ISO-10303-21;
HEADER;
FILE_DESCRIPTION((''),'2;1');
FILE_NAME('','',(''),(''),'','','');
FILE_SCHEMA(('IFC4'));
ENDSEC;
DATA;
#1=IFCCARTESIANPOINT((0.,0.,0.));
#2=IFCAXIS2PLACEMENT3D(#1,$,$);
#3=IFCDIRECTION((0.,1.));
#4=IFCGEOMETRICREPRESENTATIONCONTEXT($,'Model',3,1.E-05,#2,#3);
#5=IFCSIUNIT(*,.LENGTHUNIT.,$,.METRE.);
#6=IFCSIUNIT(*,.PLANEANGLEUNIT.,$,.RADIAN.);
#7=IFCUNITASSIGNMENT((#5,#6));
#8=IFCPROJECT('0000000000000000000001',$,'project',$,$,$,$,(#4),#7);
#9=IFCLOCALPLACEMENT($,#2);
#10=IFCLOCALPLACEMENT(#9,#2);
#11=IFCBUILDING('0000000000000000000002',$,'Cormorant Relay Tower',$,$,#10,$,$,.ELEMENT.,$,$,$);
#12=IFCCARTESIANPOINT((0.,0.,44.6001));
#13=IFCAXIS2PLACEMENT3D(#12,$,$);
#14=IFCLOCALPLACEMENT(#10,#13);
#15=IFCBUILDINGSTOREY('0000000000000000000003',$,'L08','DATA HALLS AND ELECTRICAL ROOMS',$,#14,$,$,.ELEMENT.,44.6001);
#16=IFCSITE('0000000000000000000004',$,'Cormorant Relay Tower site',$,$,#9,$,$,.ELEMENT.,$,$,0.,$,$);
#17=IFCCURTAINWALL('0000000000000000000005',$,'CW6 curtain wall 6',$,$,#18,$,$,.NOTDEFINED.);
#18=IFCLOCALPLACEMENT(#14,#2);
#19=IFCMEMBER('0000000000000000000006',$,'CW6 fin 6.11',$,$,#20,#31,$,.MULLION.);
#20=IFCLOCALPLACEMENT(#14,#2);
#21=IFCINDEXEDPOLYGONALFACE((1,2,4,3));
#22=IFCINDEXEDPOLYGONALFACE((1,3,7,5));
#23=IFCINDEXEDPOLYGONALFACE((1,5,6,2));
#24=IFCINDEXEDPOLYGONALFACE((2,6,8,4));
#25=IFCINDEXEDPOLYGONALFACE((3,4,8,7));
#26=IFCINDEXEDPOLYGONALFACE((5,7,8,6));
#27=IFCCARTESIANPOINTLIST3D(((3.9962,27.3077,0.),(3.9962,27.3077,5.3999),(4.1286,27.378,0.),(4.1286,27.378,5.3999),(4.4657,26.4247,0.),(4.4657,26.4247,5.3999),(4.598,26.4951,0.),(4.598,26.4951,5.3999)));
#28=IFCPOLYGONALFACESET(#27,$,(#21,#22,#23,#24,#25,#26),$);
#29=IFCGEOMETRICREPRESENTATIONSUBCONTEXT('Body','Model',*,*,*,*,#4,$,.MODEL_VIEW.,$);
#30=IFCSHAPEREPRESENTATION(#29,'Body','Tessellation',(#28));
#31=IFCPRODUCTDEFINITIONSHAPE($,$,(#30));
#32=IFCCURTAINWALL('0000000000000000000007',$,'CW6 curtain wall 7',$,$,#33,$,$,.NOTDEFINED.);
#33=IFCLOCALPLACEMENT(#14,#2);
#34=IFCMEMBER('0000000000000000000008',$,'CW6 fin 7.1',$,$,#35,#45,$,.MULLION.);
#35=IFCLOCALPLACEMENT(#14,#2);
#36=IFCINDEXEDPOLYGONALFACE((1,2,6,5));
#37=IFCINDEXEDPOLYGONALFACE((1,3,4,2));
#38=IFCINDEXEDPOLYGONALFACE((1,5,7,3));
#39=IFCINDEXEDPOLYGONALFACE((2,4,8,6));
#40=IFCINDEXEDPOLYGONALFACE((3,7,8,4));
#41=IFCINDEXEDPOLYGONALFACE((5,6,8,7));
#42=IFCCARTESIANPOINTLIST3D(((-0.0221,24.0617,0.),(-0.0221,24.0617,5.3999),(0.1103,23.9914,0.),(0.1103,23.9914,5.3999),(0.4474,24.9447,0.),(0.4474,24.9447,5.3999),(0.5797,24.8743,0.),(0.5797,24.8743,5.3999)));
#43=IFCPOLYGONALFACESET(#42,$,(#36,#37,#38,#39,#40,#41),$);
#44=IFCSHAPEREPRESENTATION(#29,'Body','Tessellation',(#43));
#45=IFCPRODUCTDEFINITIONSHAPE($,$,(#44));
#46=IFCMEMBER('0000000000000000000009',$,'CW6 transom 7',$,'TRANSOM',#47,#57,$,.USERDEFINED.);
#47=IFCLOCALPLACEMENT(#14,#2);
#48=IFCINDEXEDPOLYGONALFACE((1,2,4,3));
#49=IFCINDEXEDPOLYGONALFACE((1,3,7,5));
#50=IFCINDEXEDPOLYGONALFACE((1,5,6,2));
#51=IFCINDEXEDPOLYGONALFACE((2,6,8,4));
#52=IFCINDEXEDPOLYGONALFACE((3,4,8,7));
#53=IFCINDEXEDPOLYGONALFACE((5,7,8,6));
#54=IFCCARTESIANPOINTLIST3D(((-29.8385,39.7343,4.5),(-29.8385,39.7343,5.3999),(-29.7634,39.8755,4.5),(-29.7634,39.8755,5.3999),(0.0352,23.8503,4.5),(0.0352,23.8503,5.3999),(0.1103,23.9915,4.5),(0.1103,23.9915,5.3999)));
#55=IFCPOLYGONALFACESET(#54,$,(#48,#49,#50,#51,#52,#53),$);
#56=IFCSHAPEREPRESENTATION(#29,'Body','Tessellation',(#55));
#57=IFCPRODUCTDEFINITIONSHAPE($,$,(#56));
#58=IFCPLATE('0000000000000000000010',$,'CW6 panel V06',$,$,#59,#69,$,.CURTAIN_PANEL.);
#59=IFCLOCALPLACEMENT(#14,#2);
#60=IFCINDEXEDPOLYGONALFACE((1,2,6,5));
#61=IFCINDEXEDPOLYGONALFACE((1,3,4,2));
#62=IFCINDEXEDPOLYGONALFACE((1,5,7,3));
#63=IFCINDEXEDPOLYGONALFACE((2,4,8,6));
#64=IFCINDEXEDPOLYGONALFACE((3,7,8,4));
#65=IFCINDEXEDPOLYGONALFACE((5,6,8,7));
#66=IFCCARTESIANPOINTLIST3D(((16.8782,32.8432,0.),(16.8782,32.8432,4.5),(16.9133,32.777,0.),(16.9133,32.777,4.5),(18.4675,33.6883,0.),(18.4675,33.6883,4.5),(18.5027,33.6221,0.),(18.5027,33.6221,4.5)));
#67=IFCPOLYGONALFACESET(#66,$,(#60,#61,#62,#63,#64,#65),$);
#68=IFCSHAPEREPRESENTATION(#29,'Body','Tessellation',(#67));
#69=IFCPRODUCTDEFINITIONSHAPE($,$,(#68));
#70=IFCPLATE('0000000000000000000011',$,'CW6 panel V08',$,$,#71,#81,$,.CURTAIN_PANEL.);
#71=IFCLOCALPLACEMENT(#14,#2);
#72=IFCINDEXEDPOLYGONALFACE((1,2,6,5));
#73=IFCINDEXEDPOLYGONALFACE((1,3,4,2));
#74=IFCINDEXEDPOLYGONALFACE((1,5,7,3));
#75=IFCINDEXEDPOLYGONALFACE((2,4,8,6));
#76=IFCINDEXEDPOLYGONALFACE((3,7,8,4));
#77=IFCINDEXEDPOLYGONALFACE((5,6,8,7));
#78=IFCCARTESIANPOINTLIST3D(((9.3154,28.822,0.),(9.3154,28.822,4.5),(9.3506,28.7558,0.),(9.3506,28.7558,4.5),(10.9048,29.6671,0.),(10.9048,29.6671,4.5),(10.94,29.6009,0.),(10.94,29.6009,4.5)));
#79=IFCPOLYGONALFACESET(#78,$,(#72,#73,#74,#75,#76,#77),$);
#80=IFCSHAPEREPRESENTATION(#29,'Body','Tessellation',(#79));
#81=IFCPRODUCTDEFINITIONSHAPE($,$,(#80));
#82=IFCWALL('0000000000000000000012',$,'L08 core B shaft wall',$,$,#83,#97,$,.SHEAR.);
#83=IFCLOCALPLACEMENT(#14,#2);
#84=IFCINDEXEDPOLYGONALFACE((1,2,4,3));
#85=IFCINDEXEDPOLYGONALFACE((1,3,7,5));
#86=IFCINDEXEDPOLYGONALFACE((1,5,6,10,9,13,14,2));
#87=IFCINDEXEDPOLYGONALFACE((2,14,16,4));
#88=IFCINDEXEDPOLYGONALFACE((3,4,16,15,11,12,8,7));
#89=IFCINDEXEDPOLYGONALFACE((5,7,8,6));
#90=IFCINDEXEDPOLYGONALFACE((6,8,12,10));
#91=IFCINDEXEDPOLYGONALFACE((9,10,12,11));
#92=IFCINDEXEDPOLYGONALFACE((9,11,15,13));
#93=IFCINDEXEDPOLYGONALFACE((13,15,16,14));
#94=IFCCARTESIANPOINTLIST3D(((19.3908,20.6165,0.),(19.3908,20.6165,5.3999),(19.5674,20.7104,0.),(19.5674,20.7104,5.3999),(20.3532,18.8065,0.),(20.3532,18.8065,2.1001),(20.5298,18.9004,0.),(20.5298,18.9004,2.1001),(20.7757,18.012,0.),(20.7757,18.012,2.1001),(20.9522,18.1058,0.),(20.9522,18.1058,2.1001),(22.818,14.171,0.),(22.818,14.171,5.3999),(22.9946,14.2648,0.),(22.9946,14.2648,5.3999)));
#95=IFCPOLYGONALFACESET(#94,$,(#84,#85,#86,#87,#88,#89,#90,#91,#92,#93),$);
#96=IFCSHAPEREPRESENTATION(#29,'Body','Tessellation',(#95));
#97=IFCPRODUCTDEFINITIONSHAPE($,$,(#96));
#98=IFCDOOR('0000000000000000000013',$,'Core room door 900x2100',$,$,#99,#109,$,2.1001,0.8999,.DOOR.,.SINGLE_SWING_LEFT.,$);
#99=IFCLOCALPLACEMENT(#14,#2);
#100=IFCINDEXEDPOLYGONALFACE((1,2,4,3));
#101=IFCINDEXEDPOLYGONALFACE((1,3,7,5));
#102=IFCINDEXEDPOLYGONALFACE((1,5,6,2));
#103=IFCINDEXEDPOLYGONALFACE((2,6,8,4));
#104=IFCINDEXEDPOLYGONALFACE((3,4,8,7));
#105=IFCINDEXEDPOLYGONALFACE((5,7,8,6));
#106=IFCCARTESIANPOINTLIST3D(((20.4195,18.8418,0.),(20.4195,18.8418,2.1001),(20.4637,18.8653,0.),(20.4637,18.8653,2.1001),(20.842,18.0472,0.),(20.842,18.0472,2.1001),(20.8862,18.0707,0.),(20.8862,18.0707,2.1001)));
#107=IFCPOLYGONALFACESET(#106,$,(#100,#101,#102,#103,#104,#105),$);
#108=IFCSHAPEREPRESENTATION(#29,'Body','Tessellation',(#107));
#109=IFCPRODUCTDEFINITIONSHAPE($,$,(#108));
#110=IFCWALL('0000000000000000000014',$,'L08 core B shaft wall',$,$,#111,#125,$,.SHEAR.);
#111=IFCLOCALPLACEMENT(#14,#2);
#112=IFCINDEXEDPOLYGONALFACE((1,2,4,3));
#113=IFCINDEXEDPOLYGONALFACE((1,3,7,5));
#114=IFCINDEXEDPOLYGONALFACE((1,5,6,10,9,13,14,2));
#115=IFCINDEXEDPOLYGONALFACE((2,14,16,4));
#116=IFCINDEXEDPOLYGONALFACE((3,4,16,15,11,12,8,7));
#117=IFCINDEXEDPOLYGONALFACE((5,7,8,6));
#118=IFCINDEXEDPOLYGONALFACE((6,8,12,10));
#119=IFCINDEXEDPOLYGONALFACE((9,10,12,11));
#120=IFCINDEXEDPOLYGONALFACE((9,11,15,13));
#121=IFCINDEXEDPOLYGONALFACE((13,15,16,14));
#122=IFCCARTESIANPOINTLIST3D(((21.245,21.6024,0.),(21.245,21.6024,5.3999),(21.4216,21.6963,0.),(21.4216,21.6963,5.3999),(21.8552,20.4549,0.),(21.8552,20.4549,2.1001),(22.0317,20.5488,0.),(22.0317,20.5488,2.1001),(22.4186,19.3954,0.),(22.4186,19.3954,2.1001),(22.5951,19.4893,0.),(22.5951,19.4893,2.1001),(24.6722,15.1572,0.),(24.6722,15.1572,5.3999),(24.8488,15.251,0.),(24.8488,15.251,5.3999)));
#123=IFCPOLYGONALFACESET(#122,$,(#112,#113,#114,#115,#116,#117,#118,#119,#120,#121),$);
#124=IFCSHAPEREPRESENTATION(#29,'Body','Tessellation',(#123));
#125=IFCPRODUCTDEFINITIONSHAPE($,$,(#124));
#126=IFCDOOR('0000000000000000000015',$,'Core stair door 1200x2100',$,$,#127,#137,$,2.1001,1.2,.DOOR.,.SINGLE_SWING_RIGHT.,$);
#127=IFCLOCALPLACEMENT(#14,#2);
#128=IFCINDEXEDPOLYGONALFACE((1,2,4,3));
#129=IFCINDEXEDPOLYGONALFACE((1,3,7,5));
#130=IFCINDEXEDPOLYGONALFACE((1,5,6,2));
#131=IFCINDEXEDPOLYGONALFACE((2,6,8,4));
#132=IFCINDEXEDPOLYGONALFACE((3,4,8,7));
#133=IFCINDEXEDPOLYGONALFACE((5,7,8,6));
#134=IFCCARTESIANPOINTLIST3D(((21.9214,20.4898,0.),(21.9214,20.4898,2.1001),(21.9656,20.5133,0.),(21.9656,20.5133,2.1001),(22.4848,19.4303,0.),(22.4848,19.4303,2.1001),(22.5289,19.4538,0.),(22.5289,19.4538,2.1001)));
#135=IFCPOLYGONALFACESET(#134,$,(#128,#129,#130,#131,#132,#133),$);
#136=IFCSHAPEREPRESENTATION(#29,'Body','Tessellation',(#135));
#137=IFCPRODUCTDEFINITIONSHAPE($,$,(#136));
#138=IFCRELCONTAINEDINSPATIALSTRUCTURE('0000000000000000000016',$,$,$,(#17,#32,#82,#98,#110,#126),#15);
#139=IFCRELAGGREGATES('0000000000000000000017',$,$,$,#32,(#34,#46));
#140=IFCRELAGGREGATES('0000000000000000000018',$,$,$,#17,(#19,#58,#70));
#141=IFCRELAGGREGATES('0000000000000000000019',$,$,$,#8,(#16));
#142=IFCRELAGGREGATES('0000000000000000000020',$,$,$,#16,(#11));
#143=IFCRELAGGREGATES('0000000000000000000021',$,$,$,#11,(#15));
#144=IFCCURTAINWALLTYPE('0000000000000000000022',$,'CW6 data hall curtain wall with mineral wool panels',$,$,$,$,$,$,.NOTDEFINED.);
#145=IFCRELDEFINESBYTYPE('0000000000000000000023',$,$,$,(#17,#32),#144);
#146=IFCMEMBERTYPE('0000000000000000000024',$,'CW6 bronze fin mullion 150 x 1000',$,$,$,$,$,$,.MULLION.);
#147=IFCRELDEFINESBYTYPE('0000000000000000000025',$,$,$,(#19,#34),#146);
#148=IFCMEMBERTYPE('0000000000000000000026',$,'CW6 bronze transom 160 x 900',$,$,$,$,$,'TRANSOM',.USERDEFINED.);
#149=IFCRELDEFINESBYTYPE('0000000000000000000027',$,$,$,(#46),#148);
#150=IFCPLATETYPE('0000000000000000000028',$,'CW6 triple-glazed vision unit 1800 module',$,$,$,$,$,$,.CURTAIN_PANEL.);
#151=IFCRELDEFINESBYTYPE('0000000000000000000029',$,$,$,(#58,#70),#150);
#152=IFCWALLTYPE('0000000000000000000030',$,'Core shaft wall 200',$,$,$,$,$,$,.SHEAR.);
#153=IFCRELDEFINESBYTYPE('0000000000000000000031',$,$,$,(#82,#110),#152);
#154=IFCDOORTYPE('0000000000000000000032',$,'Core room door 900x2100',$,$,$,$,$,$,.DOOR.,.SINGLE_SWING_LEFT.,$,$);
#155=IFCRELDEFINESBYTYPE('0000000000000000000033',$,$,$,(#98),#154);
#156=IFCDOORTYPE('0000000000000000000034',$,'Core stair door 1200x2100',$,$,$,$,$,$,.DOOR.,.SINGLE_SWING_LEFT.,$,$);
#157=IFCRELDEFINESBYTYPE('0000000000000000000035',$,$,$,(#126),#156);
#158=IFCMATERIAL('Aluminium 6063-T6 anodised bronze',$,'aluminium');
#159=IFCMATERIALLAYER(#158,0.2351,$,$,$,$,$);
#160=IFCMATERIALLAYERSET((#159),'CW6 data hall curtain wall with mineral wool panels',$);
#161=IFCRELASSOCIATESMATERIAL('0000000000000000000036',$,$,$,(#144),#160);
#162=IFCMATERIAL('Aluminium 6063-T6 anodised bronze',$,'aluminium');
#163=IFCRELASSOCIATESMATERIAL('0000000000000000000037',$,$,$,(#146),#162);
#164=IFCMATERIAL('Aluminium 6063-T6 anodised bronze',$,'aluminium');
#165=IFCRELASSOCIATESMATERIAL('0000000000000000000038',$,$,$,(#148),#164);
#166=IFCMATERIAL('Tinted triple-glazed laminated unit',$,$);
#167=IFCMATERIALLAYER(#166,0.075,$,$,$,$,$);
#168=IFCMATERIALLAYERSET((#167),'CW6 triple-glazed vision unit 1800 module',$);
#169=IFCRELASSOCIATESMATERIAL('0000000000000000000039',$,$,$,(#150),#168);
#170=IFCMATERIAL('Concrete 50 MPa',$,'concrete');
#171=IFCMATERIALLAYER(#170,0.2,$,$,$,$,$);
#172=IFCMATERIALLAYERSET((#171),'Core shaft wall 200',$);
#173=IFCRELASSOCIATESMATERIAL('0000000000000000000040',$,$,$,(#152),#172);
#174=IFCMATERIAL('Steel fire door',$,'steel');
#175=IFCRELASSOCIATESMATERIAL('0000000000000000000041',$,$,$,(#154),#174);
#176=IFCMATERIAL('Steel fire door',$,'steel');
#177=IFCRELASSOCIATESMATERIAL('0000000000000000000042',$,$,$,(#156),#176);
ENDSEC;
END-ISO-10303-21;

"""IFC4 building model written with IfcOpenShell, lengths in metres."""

from ifc_helpers import new_model, si_unit, direction, frame, frame_2d, origin, origin_2d, place, context, subcontext, project, spatial, rectangle, extrude, material, layer, layer_set, material_profile, profile_set, type_object, element, fill, aggregate, save


model = new_model("IFC4")

# Units and contexts
model_context = context("Model", 3, precision=1e-05, world=origin(), true_north=direction((0.0, 1.0)))
body_context = subcontext(model_context, "Body", "Model", "MODEL_VIEW")
ifc_project = project(units=[si_unit("LENGTHUNIT", "METRE"), si_unit("PLANEANGLEUNIT", "RADIAN")], contexts=[model_context])

# Site, building, storey
site_placement = place(None, origin())
site = spatial("IfcSite", under=ifc_project, at=site_placement, Name="Cormorant Relay Tower site", CompositionType="ELEMENT", RefElevation=0.0)
building_placement = place(site_placement, origin())
building = spatial("IfcBuilding", under=site, at=building_placement, Name="Cormorant Relay Tower", CompositionType="ELEMENT")
storey_placement = place(building_placement, frame((0.0, 0.0, 44.6001)))
storey = spatial("IfcBuildingStorey", under=building, at=storey_placement, Name="L08", Description="DATA HALLS AND ELECTRICAL ROOMS", CompositionType="ELEMENT", Elevation=44.6001)

# Curtain walls, members
ifc_material_1 = material(Name="Aluminium 6063-T6 anodised bronze", Category="aluminium")
ifc_layer_1 = layer(ifc_material_1, 0.2351)
ifc_layer_set_1 = layer_set([ifc_layer_1], Name="CW6 data hall curtain wall with mineral wool panels")
curtain_wall_type = type_object("IfcCurtainWallType", Name="CW6 data hall curtain wall with mineral wool panels", PredefinedType="NOTDEFINED", material=ifc_layer_set_1)
curtain_wall_1_placement = place(storey_placement, origin())
curtain_wall_1 = element("IfcCurtainWall", 1, at=curtain_wall_1_placement, inside=storey, type_object=curtain_wall_type, Name="CW6 curtain wall 6", PredefinedType="NOTDEFINED")
ifc_material_2 = material(Name="Aluminium 6063-T6 anodised bronze", Category="aluminium")
ifc_material_profile_1 = material_profile(ifc_material_2, rectangle(XDim=0.1499, YDim=1.0, at=origin_2d()), Name="AL 150x1000")
ifc_profile_set_1 = profile_set([ifc_material_profile_1], Name="Aluminium 6063-T6 anodised bronze")
member_type_1 = type_object("IfcMemberType", Name="CW6 bronze fin mullion 150 x 1000", PredefinedType="MULLION", material=ifc_profile_set_1)
member_1_placement = place(storey_placement, frame((4.2971, 26.9014, 0.0), z_axis=(0.0, 0.0, 1.0), x_axis=(-0.882948, -0.469472, 0.0)))
member_1 = element("IfcMember", 2, at=member_1_placement, type_object=member_type_1, Name="CW6 fin 6.11", PredefinedType="MULLION", context=body_context, shape_type="SweptSolid", body=[
    extrude(rectangle(XDim=0.1499, YDim=1.0, at=origin_2d()), origin(), (0.0, 0.0, 1.0), 5.3999),
])
curtain_wall_2_placement = place(storey_placement, origin())
curtain_wall_2 = element("IfcCurtainWall", 3, at=curtain_wall_2_placement, inside=storey, type_object=curtain_wall_type, Name="CW6 curtain wall 7", PredefinedType="NOTDEFINED")
member_2_placement = place(storey_placement, frame((0.2788, 24.468, 0.0), z_axis=(0.0, 0.0, 1.0), x_axis=(-0.882948, 0.469472, 0.0)))
member_2 = element("IfcMember", 4, at=member_2_placement, type_object=member_type_1, Name="CW6 fin 7.1", PredefinedType="MULLION", context=body_context, shape_type="SweptSolid", body=[
    extrude(rectangle(XDim=0.1499, YDim=1.0, at=origin_2d()), origin(), (0.0, 0.0, 1.0), 5.3999),
])
ifc_material_3 = material(Name="Aluminium 6063-T6 anodised bronze", Category="aluminium")
ifc_material_profile_2 = material_profile(ifc_material_3, rectangle(XDim=0.1599, YDim=0.8999, at=origin_2d()), Name="AL 160x900")
ifc_profile_set_2 = profile_set([ifc_material_profile_2], Name="Aluminium 6063-T6 anodised bronze")
member_type_2 = type_object("IfcMemberType", Name="CW6 bronze transom 160 x 900", ElementType="TRANSOM", PredefinedType="USERDEFINED", material=ifc_profile_set_2)
member_3_placement = place(storey_placement, frame((0.0728, 23.9209, 4.95), z_axis=(-0.882949, 0.469468, 0.0), x_axis=(-0.469468, -0.882949, 0.0)))
member_3 = element("IfcMember", 5, at=member_3_placement, type_object=member_type_2, Name="CW6 transom 7", ObjectType="TRANSOM", PredefinedType="USERDEFINED", context=body_context, shape_type="SweptSolid", body=[
    extrude(rectangle(XDim=0.1599, YDim=0.8999, at=origin_2d()), origin(), (0.0, 0.0, 1.0), 33.834),
])
aggregate(curtain_wall_2, [member_2, member_3])

# Plates
ifc_material_4 = material(Name="Tinted triple-glazed laminated unit")
ifc_layer_2 = layer(ifc_material_4, 0.075)
ifc_layer_set_2 = layer_set([ifc_layer_2], Name="CW6 triple-glazed vision unit 1800 module")
plate_type = type_object("IfcPlateType", Name="CW6 triple-glazed vision unit 1800 module", PredefinedType="CURTAIN_PANEL", material=ifc_layer_set_2)
plate_1_placement = place(storey_placement, frame((17.6904, 33.2327, 0.0), z_axis=(0.0, 0.0, 1.0), x_axis=(-0.882948, -0.469472, 0.0)))
plate_1 = element("IfcPlate", 6, at=plate_1_placement, type_object=plate_type, Name="CW6 panel V06", PredefinedType="CURTAIN_PANEL", context=body_context, shape_type="SweptSolid", body=[
    extrude(rectangle(XDim=1.8, YDim=0.075, at=origin_2d()), origin(), (0.0, 0.0, 1.0), 4.5),
])
plate_2_placement = place(storey_placement, frame((10.1277, 29.2114, 0.0), z_axis=(0.0, 0.0, 1.0), x_axis=(-0.882948, -0.469472, 0.0)))
plate_2 = element("IfcPlate", 7, at=plate_2_placement, type_object=plate_type, Name="CW6 panel V08", PredefinedType="CURTAIN_PANEL", context=body_context, shape_type="SweptSolid", body=[
    extrude(rectangle(XDim=1.8, YDim=0.075, at=origin_2d()), origin(), (0.0, 0.0, 1.0), 4.5),
])

# Walls, openings, doors
ifc_material_5 = material(Name="Concrete 50 MPa", Category="concrete")
ifc_layer_3 = layer(ifc_material_5, 0.2)
ifc_layer_set_3 = layer_set([ifc_layer_3], Name="Core shaft wall 200")
wall_type_1 = type_object("IfcWallType", Name="Core shaft wall 200", PredefinedType="SHEAR", material=ifc_layer_set_3)
wall_1_placement = place(storey_placement, frame((22.9062, 14.218, 0.0), z_axis=(0.0, 0.0, 1.0), x_axis=(-0.46948, 0.882943, 0.0)))
wall_1 = element("IfcWall", 8, at=wall_1_placement, inside=storey, type_object=wall_type_1, Name="L08 core B shaft wall", PredefinedType="SHEAR", context=body_context, shape_type="SweptSolid", body=[
    extrude(rectangle(XDim=7.3, YDim=0.2, at=frame_2d((3.6499, 0.0))), origin(), (0.0, 0.0, 1.0), 5.3999),
])
opening_1_placement = place(wall_1_placement, frame((4.3501, 0.0, 0.0)))
opening_1 = element("IfcOpeningElement", 9, at=opening_1_placement, cuts=wall_1, PredefinedType="OPENING", context=body_context, shape_type="SweptSolid", body=[
    extrude(rectangle(XDim=0.8999, YDim=2.1001, at=frame_2d((0.45, 1.05))), frame((0.0, 0.1099, 0.0), z_axis=(0.0, -1.0, 0.0), x_axis=(1.0, 0.0, 0.0)), (0.0, 0.0, 1.0), 0.22),
])
ifc_material_6 = material(Name="Steel fire door", Category="steel")
door_type_1 = type_object("IfcDoorType", Name="Core room door 900x2100", OperationType="SINGLE_SWING_LEFT", PredefinedType="DOOR", material=ifc_material_6)
door_1_placement = place(opening_1_placement, origin())
door_1 = element("IfcDoor", 10, at=door_1_placement, inside=storey, type_object=door_type_1, Name="Core room door 900x2100", OperationType="SINGLE_SWING_LEFT", OverallHeight=2.1001, OverallWidth=0.8999, PredefinedType="DOOR", context=body_context, shape_type="SweptSolid", body=[
    extrude(rectangle(XDim=0.8999, YDim=2.1001, at=frame_2d((0.45, 1.05))), frame((0.0, 0.0249, 0.0), z_axis=(0.0, -1.0, 0.0), x_axis=(1.0, 0.0, 0.0)), (0.0, 0.0, 1.0), 0.05),
])
fill(opening_1, door_1)
wall_2_placement = place(storey_placement, frame((24.7605, 15.2041, 0.0), z_axis=(0.0, 0.0, 1.0), x_axis=(-0.469494, 0.882936, 0.0)))
wall_2 = element("IfcWall", 11, at=wall_2_placement, inside=storey, type_object=wall_type_1, Name="L08 core B shaft wall", PredefinedType="SHEAR", context=body_context, shape_type="SweptSolid", body=[
    extrude(rectangle(XDim=7.2998, YDim=0.2, at=frame_2d((3.6499, 0.0))), origin(), (0.0, 0.0, 1.0), 5.3999),
])
opening_2_placement = place(wall_2_placement, frame((4.8, 0.0, 0.0)))
opening_2 = element("IfcOpeningElement", 12, at=opening_2_placement, cuts=wall_2, PredefinedType="OPENING", context=body_context, shape_type="SweptSolid", body=[
    extrude(rectangle(XDim=1.2, YDim=2.1001, at=frame_2d((0.6001, 1.05))), frame((0.0, 0.1099, 0.0), z_axis=(0.0, -1.0, 0.0), x_axis=(1.0, 0.0, 0.0)), (0.0, 0.0, 1.0), 0.22),
])
ifc_material_7 = material(Name="Steel fire door", Category="steel")
door_type_2 = type_object("IfcDoorType", Name="Core stair door 1200x2100", OperationType="SINGLE_SWING_LEFT", PredefinedType="DOOR", material=ifc_material_7)
door_2_placement = place(opening_2_placement, frame((1.2, 0.0, 0.0), z_axis=(0.0, 0.0, 1.0), x_axis=(-1.0, 0.0, 0.0)))
door_2 = element("IfcDoor", 13, at=door_2_placement, inside=storey, type_object=door_type_2, Name="Core stair door 1200x2100", OperationType="SINGLE_SWING_RIGHT", OverallHeight=2.1001, OverallWidth=1.2, PredefinedType="DOOR", context=body_context, shape_type="SweptSolid", body=[
    extrude(rectangle(XDim=1.2, YDim=2.1001, at=frame_2d((0.6001, 1.05))), frame((0.0, 0.0249, 0.0), z_axis=(0.0, -1.0, 0.0), x_axis=(1.0, 0.0, 0.0)), (0.0, 0.0, 1.0), 0.05),
])
fill(opening_2, door_2)

aggregate(curtain_wall_1, [member_1, plate_1, plate_2])

save(model, "model.ifc")
